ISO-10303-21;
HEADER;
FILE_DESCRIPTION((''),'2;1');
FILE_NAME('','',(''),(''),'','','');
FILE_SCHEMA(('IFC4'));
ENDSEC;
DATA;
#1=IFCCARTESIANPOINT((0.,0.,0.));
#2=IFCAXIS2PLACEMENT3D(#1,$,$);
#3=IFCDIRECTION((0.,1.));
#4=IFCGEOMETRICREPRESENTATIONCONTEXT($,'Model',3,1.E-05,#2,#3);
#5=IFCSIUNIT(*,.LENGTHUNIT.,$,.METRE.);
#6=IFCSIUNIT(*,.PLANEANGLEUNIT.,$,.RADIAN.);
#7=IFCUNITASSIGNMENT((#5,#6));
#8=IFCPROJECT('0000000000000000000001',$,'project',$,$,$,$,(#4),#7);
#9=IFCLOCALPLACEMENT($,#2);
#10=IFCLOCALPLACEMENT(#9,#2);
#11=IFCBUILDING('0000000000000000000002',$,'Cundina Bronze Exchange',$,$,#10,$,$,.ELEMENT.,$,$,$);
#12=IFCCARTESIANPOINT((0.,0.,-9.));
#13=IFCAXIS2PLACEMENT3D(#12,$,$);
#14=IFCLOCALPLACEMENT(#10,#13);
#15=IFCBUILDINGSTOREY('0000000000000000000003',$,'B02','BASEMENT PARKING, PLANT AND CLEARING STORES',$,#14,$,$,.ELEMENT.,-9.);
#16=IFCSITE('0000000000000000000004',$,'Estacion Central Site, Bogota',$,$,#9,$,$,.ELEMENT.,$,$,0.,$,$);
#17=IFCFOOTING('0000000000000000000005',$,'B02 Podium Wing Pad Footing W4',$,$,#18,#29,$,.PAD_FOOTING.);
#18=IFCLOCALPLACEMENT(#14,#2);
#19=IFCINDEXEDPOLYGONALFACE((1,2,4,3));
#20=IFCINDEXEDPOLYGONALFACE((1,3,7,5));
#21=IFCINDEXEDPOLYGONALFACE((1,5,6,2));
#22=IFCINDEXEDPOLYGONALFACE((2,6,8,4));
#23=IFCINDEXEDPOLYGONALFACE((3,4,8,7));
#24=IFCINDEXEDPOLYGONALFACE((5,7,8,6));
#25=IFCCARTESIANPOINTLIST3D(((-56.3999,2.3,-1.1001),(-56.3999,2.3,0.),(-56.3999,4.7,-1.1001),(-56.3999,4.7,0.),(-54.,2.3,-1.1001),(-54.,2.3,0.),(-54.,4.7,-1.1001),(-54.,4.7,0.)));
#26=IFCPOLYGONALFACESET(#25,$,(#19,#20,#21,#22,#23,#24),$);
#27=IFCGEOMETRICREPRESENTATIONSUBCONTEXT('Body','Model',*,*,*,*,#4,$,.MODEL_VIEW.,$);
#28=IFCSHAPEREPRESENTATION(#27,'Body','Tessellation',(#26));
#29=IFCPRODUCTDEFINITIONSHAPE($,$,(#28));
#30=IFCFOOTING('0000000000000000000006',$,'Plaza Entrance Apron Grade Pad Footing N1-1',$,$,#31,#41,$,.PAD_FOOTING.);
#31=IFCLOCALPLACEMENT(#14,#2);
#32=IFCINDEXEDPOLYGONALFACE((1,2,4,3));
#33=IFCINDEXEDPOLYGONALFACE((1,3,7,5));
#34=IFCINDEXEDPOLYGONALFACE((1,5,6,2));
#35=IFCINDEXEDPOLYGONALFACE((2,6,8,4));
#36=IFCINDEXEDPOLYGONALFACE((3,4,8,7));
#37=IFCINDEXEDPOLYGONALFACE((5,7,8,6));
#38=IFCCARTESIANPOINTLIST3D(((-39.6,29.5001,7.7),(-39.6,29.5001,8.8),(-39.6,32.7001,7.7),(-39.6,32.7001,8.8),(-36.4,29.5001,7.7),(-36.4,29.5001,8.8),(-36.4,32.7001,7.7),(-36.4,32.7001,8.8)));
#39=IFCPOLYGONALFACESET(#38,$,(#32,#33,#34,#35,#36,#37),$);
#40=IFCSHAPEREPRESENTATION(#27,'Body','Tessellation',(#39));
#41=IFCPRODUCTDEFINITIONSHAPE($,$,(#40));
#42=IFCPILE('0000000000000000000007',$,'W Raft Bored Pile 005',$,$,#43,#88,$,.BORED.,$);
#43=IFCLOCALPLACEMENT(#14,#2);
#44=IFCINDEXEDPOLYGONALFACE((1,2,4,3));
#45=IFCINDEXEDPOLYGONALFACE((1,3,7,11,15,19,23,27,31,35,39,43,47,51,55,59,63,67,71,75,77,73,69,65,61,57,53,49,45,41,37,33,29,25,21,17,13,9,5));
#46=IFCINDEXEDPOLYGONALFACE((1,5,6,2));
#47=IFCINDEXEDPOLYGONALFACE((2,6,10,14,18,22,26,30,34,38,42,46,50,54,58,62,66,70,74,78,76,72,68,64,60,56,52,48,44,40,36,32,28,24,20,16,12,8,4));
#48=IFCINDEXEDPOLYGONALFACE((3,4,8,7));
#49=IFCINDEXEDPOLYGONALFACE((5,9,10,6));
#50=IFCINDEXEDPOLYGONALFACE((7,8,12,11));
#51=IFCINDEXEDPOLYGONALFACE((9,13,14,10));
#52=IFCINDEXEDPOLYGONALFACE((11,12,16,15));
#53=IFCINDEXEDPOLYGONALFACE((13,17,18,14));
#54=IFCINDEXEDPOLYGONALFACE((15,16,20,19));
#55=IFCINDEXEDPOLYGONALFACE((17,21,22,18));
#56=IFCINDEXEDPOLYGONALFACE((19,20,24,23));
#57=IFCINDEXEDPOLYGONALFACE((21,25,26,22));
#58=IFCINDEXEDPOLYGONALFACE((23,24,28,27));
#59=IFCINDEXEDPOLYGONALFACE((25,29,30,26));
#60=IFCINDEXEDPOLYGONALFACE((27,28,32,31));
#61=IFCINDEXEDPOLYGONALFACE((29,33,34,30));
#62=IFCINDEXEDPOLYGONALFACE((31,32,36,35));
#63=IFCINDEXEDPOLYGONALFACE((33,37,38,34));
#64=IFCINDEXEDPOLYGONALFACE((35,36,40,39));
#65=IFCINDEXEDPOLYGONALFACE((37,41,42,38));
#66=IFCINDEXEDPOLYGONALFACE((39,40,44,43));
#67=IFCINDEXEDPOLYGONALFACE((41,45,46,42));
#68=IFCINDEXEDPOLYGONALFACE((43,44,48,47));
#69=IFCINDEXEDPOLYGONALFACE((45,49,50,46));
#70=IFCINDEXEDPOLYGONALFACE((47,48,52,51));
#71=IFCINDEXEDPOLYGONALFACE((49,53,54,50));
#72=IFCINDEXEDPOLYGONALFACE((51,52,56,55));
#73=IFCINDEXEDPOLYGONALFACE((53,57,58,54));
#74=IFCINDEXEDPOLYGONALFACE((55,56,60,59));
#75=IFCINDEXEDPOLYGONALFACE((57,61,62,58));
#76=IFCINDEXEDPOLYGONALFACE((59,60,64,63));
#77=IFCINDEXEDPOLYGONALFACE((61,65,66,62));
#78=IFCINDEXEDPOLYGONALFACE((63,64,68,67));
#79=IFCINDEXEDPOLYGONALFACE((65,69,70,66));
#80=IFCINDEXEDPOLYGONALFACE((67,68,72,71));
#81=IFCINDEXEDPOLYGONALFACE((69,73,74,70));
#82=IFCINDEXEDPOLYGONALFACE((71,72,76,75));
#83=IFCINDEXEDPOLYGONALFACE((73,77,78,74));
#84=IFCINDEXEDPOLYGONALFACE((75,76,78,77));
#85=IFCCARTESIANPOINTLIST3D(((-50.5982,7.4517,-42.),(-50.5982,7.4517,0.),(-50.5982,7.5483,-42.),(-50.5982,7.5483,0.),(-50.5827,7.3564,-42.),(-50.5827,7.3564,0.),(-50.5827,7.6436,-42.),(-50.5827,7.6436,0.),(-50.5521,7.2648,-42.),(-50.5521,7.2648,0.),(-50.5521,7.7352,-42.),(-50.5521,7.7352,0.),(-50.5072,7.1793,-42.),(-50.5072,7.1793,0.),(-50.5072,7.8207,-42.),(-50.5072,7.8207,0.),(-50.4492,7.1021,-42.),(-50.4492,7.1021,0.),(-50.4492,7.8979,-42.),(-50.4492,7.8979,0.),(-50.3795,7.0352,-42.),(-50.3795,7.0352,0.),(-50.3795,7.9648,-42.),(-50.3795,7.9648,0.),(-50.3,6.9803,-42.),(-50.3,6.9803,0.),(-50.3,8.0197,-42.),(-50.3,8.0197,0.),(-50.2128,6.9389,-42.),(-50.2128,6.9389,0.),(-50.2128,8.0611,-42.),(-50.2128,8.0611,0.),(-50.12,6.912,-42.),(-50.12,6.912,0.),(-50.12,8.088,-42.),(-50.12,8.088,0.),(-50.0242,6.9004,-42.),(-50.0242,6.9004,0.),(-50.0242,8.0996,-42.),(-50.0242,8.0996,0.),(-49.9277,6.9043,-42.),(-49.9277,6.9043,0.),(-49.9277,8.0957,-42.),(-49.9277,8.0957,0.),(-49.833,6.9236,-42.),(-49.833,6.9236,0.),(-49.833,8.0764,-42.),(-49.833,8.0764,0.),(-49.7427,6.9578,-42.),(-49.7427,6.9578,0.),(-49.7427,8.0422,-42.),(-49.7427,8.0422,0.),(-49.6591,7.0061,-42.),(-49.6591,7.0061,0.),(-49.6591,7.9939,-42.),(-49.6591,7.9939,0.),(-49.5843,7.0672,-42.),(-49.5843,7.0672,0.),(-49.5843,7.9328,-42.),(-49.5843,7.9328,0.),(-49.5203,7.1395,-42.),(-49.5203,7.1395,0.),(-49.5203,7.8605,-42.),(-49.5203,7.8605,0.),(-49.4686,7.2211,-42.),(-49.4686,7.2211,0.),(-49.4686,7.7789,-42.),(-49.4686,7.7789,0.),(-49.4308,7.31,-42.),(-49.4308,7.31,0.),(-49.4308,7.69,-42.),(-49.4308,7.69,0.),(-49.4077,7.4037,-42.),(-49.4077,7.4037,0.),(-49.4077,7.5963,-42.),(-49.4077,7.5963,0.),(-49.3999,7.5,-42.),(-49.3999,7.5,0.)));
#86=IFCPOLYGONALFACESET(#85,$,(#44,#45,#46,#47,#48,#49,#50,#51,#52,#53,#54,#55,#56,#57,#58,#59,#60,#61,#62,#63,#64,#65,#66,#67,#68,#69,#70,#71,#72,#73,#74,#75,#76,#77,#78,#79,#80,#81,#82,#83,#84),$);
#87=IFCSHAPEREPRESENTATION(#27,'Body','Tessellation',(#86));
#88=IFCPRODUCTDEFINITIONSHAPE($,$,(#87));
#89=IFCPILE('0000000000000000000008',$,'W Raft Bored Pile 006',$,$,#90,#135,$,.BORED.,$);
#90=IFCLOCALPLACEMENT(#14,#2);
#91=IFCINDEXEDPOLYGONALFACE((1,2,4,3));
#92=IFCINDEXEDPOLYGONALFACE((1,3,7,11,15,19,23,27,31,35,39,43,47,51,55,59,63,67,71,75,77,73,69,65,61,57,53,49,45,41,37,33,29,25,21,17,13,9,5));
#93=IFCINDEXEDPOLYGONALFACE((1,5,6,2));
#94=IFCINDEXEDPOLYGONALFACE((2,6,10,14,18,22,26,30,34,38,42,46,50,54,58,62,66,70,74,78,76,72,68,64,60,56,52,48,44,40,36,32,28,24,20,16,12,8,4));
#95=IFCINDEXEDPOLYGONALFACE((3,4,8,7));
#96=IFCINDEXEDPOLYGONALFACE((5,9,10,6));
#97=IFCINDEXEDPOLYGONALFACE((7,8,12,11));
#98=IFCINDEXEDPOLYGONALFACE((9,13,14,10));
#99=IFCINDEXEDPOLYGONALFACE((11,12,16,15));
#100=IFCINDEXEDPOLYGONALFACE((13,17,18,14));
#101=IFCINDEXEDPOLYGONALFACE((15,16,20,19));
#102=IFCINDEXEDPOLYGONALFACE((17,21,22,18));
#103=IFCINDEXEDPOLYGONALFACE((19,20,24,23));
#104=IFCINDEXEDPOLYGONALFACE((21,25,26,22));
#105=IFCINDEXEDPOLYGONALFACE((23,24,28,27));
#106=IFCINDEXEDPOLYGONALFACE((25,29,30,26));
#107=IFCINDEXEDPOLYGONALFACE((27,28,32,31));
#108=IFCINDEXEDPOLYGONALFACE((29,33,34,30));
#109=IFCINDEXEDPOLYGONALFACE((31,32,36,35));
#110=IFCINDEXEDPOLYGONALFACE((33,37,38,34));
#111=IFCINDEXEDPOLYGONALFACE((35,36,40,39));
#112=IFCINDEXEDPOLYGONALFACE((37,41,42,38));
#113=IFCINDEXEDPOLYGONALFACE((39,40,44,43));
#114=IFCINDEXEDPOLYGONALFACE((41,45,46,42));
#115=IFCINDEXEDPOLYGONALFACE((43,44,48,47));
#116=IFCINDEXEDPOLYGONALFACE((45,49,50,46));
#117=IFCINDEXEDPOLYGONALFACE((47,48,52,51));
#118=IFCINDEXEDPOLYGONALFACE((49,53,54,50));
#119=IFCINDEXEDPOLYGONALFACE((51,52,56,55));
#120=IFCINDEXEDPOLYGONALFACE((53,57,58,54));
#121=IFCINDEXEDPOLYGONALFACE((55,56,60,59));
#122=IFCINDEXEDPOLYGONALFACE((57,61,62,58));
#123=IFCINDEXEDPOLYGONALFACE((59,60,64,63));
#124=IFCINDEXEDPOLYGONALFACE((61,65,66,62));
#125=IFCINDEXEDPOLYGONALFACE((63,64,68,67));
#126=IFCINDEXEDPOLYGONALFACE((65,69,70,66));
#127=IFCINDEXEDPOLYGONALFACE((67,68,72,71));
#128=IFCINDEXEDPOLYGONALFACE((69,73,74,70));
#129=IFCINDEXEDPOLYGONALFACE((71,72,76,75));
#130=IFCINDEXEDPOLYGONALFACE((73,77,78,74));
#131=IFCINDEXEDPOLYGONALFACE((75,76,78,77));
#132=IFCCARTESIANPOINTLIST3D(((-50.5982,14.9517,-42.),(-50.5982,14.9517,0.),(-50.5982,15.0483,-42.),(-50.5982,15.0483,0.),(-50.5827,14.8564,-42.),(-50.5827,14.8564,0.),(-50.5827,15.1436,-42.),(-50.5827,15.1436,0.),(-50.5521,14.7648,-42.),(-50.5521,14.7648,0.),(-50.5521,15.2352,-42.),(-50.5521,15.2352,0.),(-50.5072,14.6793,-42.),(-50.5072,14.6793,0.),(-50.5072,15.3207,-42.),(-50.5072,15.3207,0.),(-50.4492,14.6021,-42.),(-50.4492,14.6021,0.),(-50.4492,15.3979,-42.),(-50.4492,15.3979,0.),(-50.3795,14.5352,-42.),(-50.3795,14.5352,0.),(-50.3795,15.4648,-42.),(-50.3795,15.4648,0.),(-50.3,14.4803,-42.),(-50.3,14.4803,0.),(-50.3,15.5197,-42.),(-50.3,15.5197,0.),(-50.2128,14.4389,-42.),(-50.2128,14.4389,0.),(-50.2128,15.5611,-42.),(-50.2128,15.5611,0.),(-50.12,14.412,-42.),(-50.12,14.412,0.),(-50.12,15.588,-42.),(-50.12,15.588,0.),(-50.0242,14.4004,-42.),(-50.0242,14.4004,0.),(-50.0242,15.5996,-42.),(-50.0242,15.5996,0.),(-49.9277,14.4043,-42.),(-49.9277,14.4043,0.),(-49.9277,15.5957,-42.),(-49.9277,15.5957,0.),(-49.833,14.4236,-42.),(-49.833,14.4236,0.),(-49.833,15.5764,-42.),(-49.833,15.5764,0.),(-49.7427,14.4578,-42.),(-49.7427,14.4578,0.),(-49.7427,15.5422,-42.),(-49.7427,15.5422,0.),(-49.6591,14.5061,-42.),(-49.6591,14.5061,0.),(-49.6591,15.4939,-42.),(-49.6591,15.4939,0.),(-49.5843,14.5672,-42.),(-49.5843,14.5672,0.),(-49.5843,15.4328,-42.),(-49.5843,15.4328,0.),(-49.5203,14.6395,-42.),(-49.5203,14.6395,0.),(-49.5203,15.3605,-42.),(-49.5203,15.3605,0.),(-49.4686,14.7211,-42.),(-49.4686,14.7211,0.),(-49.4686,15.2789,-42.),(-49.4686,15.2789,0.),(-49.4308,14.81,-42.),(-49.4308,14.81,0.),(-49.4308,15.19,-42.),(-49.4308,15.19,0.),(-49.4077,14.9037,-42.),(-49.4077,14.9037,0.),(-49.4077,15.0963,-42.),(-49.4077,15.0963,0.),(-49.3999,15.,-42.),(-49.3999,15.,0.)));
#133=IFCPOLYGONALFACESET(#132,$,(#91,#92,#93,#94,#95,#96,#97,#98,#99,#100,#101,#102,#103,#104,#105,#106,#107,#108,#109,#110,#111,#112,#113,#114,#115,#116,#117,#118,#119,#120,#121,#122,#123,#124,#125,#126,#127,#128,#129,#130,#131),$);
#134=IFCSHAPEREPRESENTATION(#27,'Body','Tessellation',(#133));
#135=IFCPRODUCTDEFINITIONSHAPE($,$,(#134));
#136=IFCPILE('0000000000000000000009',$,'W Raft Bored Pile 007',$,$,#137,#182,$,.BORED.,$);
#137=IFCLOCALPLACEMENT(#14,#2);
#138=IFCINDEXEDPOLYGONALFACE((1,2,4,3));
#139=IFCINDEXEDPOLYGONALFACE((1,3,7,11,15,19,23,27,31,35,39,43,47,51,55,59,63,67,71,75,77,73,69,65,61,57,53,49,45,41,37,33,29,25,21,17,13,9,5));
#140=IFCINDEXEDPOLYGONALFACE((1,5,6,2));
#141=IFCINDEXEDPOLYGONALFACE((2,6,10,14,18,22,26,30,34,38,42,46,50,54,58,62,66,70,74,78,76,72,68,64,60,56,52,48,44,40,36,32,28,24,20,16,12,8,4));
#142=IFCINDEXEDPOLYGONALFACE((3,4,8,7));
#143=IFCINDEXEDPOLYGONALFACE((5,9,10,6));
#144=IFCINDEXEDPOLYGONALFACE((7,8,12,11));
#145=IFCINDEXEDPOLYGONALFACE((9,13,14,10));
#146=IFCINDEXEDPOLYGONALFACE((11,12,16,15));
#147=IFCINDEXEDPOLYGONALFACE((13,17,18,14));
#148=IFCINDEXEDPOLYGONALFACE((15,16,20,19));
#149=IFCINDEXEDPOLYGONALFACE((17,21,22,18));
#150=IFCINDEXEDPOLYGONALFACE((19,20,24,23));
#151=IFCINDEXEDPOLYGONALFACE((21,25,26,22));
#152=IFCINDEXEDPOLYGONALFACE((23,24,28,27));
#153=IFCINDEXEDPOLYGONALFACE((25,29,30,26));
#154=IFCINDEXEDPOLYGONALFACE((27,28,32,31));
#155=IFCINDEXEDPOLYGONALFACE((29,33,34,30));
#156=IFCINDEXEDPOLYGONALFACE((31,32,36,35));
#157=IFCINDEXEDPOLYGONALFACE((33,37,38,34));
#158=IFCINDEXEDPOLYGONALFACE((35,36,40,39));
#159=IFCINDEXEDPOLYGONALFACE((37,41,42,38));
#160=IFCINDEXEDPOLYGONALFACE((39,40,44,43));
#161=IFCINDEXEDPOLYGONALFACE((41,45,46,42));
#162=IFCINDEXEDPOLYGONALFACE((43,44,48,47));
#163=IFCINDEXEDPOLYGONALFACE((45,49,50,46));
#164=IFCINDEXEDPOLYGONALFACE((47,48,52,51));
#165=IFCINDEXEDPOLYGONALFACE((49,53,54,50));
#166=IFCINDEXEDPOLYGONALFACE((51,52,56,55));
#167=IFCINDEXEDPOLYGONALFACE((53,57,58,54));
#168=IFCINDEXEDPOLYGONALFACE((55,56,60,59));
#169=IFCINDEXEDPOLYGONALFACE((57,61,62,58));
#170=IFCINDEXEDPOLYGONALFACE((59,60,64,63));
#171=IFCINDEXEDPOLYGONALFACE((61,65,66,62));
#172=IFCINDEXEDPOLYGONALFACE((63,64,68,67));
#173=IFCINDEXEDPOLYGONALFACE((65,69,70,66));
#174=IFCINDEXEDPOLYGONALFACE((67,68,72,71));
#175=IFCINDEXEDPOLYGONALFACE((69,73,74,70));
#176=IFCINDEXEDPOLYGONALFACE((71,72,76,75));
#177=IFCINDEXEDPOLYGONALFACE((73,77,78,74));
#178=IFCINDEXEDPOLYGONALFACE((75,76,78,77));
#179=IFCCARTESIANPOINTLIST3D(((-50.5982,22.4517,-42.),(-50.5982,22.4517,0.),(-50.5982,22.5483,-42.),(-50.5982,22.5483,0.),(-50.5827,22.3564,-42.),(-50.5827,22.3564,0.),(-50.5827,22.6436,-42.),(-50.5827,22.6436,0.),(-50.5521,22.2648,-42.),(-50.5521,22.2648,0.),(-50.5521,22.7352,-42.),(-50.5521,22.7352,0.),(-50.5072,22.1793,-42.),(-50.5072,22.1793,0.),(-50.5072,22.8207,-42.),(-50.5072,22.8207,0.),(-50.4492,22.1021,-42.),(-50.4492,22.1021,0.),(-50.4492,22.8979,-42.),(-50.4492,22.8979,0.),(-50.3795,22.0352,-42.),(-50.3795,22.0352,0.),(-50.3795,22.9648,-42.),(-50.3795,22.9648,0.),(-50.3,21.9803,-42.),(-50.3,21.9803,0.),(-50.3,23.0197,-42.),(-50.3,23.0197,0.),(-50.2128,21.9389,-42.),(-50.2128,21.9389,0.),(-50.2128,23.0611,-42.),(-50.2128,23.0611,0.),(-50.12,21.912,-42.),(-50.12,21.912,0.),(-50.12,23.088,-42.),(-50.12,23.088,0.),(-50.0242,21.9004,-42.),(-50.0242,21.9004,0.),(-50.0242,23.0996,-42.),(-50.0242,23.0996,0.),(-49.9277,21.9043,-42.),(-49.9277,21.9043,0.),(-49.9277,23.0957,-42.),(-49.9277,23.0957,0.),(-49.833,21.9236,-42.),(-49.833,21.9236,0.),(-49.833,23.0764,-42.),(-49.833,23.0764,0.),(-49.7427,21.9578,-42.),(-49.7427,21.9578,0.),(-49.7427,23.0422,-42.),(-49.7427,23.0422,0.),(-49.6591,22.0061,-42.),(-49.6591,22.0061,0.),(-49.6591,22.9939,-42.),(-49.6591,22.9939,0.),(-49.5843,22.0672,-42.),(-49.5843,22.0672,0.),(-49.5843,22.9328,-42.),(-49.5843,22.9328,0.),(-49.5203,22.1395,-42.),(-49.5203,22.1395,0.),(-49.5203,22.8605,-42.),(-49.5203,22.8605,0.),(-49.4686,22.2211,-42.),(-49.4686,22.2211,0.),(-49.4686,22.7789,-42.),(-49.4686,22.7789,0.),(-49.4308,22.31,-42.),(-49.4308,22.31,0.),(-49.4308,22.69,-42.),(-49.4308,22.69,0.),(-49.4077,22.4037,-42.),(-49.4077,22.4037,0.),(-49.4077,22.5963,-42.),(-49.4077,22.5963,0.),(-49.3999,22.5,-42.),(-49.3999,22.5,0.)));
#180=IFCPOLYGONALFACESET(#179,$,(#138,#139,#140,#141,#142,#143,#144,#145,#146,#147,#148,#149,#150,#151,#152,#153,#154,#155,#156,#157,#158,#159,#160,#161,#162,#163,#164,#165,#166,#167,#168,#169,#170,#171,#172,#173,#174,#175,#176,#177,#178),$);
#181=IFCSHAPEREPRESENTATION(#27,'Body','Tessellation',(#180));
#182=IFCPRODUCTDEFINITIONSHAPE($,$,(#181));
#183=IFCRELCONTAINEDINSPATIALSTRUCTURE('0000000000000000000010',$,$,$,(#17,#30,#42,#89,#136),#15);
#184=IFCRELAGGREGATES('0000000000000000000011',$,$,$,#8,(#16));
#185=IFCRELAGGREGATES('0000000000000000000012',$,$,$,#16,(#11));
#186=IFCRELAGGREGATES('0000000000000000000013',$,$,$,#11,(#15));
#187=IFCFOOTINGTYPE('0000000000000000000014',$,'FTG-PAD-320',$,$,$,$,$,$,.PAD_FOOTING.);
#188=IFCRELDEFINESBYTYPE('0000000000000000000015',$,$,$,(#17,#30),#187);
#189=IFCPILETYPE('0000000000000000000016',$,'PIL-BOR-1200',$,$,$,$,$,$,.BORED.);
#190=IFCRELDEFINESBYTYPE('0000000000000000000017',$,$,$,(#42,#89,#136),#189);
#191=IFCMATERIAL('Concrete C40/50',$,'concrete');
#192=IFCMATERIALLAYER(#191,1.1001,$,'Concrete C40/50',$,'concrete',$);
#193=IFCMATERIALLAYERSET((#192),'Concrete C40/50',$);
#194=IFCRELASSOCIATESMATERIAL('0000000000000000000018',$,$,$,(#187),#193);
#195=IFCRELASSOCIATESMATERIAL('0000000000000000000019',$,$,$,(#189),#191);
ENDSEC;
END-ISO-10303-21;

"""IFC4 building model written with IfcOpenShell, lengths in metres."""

from ifc_helpers import new_model, si_unit, direction, frame, origin, origin_2d, place, context, subcontext, project, spatial, rectangle, circle, extrude, material, layer, layer_set, material_profile, profile_set, type_object, element, save


model = new_model("IFC4")

# Units and contexts
model_context = context("Model", 3, precision=1e-05, world=origin(), true_north=direction((0.0, 1.0)))
body_context = subcontext(model_context, "Body", "Model", "MODEL_VIEW")
ifc_project = project(units=[si_unit("LENGTHUNIT", "METRE"), si_unit("PLANEANGLEUNIT", "RADIAN")], contexts=[model_context])

# Site, building, storey
site_placement = place(None, origin())
site = spatial("IfcSite", under=ifc_project, at=site_placement, Name="Estacion Central Site, Bogota", CompositionType="ELEMENT", RefElevation=0.0)
building_placement = place(site_placement, origin())
building = spatial("IfcBuilding", under=site, at=building_placement, Name="Cundina Bronze Exchange", CompositionType="ELEMENT")
storey_placement = place(building_placement, frame((0.0, 0.0, -9.0)))
storey = spatial("IfcBuildingStorey", under=building, at=storey_placement, Name="B02", Description="BASEMENT PARKING, PLANT AND CLEARING STORES", CompositionType="ELEMENT", Elevation=-9.0)

# Footings
ifc_material_1 = material(Name="Concrete C40/50", Category="concrete")
ifc_layer_1 = layer(ifc_material_1, 1.1001, Name="Concrete C40/50", Category="concrete")
ifc_layer_set_1 = layer_set([ifc_layer_1], Name="Concrete C40/50")
footing_type = type_object("IfcFootingType", Name="FTG-PAD-320", PredefinedType="PAD_FOOTING", material=ifc_layer_set_1)
footing_1_placement = place(storey_placement, frame((-55.2, 3.5, -1.1001), z_axis=(0.0, 0.0, 1.0), x_axis=(1.0, 0.0, 0.0)))
element("IfcFooting", 1, at=footing_1_placement, inside=storey, type_object=footing_type, Name="B02 Podium Wing Pad Footing W4", PredefinedType="PAD_FOOTING", context=body_context, shape_type="SweptSolid", body=[
    extrude(rectangle(XDim=2.3999, YDim=2.3999, at=origin_2d()), origin(), (0.0, 0.0, 1.0), 1.1001),
])
footing_2_placement = place(storey_placement, frame((-38.0, 31.1001, 7.7), z_axis=(0.0, 0.0, 1.0), x_axis=(1.0, 0.0, 0.0)))
element("IfcFooting", 2, at=footing_2_placement, inside=storey, type_object=footing_type, Name="Plaza Entrance Apron Grade Pad Footing N1-1", PredefinedType="PAD_FOOTING", context=body_context, shape_type="SweptSolid", body=[
    extrude(rectangle(XDim=3.2, YDim=3.2, at=origin_2d()), origin(), (0.0, 0.0, 1.0), 1.1001),
])

# Piles
ifc_material_profile_1 = material_profile(ifc_material_1, circle(Radius=0.6001, at=origin_2d()), Name="PILE1200D", Category="concrete")
ifc_profile_set_1 = profile_set([ifc_material_profile_1], Name="Concrete C40/50")
pile_type_1 = type_object("IfcPileType", Name="PIL-BOR-1200", PredefinedType="BORED", material=ifc_profile_set_1)
for number, where, z_axis, x_axis, name in (
    (3, (-50.0, 7.5, 0.0), (0.0, 0.0, -1.0), (1.0, 0.0, 0.0), "W Raft Bored Pile 005"),
    (4, (-50.0, 15.0, 0.0), (0.0, 0.0, -1.0), (1.0, 0.0, 0.0), "W Raft Bored Pile 006"),
    (5, (-50.0, 22.5, 0.0), (0.0, 0.0, -1.0), (1.0, 0.0, 0.0), "W Raft Bored Pile 007"),
):
    element("IfcPile", number, at=place(storey_placement, frame(where, z_axis=z_axis, x_axis=x_axis)), inside=storey, type_object=pile_type_1, Name=name, PredefinedType="BORED", context=body_context, shape_type="SweptSolid", body=[
        extrude(circle(Radius=0.6001, at=origin_2d()), origin(), (0.0, 0.0, 1.0), 42.0),
    ])

save(model, "model.ifc")
